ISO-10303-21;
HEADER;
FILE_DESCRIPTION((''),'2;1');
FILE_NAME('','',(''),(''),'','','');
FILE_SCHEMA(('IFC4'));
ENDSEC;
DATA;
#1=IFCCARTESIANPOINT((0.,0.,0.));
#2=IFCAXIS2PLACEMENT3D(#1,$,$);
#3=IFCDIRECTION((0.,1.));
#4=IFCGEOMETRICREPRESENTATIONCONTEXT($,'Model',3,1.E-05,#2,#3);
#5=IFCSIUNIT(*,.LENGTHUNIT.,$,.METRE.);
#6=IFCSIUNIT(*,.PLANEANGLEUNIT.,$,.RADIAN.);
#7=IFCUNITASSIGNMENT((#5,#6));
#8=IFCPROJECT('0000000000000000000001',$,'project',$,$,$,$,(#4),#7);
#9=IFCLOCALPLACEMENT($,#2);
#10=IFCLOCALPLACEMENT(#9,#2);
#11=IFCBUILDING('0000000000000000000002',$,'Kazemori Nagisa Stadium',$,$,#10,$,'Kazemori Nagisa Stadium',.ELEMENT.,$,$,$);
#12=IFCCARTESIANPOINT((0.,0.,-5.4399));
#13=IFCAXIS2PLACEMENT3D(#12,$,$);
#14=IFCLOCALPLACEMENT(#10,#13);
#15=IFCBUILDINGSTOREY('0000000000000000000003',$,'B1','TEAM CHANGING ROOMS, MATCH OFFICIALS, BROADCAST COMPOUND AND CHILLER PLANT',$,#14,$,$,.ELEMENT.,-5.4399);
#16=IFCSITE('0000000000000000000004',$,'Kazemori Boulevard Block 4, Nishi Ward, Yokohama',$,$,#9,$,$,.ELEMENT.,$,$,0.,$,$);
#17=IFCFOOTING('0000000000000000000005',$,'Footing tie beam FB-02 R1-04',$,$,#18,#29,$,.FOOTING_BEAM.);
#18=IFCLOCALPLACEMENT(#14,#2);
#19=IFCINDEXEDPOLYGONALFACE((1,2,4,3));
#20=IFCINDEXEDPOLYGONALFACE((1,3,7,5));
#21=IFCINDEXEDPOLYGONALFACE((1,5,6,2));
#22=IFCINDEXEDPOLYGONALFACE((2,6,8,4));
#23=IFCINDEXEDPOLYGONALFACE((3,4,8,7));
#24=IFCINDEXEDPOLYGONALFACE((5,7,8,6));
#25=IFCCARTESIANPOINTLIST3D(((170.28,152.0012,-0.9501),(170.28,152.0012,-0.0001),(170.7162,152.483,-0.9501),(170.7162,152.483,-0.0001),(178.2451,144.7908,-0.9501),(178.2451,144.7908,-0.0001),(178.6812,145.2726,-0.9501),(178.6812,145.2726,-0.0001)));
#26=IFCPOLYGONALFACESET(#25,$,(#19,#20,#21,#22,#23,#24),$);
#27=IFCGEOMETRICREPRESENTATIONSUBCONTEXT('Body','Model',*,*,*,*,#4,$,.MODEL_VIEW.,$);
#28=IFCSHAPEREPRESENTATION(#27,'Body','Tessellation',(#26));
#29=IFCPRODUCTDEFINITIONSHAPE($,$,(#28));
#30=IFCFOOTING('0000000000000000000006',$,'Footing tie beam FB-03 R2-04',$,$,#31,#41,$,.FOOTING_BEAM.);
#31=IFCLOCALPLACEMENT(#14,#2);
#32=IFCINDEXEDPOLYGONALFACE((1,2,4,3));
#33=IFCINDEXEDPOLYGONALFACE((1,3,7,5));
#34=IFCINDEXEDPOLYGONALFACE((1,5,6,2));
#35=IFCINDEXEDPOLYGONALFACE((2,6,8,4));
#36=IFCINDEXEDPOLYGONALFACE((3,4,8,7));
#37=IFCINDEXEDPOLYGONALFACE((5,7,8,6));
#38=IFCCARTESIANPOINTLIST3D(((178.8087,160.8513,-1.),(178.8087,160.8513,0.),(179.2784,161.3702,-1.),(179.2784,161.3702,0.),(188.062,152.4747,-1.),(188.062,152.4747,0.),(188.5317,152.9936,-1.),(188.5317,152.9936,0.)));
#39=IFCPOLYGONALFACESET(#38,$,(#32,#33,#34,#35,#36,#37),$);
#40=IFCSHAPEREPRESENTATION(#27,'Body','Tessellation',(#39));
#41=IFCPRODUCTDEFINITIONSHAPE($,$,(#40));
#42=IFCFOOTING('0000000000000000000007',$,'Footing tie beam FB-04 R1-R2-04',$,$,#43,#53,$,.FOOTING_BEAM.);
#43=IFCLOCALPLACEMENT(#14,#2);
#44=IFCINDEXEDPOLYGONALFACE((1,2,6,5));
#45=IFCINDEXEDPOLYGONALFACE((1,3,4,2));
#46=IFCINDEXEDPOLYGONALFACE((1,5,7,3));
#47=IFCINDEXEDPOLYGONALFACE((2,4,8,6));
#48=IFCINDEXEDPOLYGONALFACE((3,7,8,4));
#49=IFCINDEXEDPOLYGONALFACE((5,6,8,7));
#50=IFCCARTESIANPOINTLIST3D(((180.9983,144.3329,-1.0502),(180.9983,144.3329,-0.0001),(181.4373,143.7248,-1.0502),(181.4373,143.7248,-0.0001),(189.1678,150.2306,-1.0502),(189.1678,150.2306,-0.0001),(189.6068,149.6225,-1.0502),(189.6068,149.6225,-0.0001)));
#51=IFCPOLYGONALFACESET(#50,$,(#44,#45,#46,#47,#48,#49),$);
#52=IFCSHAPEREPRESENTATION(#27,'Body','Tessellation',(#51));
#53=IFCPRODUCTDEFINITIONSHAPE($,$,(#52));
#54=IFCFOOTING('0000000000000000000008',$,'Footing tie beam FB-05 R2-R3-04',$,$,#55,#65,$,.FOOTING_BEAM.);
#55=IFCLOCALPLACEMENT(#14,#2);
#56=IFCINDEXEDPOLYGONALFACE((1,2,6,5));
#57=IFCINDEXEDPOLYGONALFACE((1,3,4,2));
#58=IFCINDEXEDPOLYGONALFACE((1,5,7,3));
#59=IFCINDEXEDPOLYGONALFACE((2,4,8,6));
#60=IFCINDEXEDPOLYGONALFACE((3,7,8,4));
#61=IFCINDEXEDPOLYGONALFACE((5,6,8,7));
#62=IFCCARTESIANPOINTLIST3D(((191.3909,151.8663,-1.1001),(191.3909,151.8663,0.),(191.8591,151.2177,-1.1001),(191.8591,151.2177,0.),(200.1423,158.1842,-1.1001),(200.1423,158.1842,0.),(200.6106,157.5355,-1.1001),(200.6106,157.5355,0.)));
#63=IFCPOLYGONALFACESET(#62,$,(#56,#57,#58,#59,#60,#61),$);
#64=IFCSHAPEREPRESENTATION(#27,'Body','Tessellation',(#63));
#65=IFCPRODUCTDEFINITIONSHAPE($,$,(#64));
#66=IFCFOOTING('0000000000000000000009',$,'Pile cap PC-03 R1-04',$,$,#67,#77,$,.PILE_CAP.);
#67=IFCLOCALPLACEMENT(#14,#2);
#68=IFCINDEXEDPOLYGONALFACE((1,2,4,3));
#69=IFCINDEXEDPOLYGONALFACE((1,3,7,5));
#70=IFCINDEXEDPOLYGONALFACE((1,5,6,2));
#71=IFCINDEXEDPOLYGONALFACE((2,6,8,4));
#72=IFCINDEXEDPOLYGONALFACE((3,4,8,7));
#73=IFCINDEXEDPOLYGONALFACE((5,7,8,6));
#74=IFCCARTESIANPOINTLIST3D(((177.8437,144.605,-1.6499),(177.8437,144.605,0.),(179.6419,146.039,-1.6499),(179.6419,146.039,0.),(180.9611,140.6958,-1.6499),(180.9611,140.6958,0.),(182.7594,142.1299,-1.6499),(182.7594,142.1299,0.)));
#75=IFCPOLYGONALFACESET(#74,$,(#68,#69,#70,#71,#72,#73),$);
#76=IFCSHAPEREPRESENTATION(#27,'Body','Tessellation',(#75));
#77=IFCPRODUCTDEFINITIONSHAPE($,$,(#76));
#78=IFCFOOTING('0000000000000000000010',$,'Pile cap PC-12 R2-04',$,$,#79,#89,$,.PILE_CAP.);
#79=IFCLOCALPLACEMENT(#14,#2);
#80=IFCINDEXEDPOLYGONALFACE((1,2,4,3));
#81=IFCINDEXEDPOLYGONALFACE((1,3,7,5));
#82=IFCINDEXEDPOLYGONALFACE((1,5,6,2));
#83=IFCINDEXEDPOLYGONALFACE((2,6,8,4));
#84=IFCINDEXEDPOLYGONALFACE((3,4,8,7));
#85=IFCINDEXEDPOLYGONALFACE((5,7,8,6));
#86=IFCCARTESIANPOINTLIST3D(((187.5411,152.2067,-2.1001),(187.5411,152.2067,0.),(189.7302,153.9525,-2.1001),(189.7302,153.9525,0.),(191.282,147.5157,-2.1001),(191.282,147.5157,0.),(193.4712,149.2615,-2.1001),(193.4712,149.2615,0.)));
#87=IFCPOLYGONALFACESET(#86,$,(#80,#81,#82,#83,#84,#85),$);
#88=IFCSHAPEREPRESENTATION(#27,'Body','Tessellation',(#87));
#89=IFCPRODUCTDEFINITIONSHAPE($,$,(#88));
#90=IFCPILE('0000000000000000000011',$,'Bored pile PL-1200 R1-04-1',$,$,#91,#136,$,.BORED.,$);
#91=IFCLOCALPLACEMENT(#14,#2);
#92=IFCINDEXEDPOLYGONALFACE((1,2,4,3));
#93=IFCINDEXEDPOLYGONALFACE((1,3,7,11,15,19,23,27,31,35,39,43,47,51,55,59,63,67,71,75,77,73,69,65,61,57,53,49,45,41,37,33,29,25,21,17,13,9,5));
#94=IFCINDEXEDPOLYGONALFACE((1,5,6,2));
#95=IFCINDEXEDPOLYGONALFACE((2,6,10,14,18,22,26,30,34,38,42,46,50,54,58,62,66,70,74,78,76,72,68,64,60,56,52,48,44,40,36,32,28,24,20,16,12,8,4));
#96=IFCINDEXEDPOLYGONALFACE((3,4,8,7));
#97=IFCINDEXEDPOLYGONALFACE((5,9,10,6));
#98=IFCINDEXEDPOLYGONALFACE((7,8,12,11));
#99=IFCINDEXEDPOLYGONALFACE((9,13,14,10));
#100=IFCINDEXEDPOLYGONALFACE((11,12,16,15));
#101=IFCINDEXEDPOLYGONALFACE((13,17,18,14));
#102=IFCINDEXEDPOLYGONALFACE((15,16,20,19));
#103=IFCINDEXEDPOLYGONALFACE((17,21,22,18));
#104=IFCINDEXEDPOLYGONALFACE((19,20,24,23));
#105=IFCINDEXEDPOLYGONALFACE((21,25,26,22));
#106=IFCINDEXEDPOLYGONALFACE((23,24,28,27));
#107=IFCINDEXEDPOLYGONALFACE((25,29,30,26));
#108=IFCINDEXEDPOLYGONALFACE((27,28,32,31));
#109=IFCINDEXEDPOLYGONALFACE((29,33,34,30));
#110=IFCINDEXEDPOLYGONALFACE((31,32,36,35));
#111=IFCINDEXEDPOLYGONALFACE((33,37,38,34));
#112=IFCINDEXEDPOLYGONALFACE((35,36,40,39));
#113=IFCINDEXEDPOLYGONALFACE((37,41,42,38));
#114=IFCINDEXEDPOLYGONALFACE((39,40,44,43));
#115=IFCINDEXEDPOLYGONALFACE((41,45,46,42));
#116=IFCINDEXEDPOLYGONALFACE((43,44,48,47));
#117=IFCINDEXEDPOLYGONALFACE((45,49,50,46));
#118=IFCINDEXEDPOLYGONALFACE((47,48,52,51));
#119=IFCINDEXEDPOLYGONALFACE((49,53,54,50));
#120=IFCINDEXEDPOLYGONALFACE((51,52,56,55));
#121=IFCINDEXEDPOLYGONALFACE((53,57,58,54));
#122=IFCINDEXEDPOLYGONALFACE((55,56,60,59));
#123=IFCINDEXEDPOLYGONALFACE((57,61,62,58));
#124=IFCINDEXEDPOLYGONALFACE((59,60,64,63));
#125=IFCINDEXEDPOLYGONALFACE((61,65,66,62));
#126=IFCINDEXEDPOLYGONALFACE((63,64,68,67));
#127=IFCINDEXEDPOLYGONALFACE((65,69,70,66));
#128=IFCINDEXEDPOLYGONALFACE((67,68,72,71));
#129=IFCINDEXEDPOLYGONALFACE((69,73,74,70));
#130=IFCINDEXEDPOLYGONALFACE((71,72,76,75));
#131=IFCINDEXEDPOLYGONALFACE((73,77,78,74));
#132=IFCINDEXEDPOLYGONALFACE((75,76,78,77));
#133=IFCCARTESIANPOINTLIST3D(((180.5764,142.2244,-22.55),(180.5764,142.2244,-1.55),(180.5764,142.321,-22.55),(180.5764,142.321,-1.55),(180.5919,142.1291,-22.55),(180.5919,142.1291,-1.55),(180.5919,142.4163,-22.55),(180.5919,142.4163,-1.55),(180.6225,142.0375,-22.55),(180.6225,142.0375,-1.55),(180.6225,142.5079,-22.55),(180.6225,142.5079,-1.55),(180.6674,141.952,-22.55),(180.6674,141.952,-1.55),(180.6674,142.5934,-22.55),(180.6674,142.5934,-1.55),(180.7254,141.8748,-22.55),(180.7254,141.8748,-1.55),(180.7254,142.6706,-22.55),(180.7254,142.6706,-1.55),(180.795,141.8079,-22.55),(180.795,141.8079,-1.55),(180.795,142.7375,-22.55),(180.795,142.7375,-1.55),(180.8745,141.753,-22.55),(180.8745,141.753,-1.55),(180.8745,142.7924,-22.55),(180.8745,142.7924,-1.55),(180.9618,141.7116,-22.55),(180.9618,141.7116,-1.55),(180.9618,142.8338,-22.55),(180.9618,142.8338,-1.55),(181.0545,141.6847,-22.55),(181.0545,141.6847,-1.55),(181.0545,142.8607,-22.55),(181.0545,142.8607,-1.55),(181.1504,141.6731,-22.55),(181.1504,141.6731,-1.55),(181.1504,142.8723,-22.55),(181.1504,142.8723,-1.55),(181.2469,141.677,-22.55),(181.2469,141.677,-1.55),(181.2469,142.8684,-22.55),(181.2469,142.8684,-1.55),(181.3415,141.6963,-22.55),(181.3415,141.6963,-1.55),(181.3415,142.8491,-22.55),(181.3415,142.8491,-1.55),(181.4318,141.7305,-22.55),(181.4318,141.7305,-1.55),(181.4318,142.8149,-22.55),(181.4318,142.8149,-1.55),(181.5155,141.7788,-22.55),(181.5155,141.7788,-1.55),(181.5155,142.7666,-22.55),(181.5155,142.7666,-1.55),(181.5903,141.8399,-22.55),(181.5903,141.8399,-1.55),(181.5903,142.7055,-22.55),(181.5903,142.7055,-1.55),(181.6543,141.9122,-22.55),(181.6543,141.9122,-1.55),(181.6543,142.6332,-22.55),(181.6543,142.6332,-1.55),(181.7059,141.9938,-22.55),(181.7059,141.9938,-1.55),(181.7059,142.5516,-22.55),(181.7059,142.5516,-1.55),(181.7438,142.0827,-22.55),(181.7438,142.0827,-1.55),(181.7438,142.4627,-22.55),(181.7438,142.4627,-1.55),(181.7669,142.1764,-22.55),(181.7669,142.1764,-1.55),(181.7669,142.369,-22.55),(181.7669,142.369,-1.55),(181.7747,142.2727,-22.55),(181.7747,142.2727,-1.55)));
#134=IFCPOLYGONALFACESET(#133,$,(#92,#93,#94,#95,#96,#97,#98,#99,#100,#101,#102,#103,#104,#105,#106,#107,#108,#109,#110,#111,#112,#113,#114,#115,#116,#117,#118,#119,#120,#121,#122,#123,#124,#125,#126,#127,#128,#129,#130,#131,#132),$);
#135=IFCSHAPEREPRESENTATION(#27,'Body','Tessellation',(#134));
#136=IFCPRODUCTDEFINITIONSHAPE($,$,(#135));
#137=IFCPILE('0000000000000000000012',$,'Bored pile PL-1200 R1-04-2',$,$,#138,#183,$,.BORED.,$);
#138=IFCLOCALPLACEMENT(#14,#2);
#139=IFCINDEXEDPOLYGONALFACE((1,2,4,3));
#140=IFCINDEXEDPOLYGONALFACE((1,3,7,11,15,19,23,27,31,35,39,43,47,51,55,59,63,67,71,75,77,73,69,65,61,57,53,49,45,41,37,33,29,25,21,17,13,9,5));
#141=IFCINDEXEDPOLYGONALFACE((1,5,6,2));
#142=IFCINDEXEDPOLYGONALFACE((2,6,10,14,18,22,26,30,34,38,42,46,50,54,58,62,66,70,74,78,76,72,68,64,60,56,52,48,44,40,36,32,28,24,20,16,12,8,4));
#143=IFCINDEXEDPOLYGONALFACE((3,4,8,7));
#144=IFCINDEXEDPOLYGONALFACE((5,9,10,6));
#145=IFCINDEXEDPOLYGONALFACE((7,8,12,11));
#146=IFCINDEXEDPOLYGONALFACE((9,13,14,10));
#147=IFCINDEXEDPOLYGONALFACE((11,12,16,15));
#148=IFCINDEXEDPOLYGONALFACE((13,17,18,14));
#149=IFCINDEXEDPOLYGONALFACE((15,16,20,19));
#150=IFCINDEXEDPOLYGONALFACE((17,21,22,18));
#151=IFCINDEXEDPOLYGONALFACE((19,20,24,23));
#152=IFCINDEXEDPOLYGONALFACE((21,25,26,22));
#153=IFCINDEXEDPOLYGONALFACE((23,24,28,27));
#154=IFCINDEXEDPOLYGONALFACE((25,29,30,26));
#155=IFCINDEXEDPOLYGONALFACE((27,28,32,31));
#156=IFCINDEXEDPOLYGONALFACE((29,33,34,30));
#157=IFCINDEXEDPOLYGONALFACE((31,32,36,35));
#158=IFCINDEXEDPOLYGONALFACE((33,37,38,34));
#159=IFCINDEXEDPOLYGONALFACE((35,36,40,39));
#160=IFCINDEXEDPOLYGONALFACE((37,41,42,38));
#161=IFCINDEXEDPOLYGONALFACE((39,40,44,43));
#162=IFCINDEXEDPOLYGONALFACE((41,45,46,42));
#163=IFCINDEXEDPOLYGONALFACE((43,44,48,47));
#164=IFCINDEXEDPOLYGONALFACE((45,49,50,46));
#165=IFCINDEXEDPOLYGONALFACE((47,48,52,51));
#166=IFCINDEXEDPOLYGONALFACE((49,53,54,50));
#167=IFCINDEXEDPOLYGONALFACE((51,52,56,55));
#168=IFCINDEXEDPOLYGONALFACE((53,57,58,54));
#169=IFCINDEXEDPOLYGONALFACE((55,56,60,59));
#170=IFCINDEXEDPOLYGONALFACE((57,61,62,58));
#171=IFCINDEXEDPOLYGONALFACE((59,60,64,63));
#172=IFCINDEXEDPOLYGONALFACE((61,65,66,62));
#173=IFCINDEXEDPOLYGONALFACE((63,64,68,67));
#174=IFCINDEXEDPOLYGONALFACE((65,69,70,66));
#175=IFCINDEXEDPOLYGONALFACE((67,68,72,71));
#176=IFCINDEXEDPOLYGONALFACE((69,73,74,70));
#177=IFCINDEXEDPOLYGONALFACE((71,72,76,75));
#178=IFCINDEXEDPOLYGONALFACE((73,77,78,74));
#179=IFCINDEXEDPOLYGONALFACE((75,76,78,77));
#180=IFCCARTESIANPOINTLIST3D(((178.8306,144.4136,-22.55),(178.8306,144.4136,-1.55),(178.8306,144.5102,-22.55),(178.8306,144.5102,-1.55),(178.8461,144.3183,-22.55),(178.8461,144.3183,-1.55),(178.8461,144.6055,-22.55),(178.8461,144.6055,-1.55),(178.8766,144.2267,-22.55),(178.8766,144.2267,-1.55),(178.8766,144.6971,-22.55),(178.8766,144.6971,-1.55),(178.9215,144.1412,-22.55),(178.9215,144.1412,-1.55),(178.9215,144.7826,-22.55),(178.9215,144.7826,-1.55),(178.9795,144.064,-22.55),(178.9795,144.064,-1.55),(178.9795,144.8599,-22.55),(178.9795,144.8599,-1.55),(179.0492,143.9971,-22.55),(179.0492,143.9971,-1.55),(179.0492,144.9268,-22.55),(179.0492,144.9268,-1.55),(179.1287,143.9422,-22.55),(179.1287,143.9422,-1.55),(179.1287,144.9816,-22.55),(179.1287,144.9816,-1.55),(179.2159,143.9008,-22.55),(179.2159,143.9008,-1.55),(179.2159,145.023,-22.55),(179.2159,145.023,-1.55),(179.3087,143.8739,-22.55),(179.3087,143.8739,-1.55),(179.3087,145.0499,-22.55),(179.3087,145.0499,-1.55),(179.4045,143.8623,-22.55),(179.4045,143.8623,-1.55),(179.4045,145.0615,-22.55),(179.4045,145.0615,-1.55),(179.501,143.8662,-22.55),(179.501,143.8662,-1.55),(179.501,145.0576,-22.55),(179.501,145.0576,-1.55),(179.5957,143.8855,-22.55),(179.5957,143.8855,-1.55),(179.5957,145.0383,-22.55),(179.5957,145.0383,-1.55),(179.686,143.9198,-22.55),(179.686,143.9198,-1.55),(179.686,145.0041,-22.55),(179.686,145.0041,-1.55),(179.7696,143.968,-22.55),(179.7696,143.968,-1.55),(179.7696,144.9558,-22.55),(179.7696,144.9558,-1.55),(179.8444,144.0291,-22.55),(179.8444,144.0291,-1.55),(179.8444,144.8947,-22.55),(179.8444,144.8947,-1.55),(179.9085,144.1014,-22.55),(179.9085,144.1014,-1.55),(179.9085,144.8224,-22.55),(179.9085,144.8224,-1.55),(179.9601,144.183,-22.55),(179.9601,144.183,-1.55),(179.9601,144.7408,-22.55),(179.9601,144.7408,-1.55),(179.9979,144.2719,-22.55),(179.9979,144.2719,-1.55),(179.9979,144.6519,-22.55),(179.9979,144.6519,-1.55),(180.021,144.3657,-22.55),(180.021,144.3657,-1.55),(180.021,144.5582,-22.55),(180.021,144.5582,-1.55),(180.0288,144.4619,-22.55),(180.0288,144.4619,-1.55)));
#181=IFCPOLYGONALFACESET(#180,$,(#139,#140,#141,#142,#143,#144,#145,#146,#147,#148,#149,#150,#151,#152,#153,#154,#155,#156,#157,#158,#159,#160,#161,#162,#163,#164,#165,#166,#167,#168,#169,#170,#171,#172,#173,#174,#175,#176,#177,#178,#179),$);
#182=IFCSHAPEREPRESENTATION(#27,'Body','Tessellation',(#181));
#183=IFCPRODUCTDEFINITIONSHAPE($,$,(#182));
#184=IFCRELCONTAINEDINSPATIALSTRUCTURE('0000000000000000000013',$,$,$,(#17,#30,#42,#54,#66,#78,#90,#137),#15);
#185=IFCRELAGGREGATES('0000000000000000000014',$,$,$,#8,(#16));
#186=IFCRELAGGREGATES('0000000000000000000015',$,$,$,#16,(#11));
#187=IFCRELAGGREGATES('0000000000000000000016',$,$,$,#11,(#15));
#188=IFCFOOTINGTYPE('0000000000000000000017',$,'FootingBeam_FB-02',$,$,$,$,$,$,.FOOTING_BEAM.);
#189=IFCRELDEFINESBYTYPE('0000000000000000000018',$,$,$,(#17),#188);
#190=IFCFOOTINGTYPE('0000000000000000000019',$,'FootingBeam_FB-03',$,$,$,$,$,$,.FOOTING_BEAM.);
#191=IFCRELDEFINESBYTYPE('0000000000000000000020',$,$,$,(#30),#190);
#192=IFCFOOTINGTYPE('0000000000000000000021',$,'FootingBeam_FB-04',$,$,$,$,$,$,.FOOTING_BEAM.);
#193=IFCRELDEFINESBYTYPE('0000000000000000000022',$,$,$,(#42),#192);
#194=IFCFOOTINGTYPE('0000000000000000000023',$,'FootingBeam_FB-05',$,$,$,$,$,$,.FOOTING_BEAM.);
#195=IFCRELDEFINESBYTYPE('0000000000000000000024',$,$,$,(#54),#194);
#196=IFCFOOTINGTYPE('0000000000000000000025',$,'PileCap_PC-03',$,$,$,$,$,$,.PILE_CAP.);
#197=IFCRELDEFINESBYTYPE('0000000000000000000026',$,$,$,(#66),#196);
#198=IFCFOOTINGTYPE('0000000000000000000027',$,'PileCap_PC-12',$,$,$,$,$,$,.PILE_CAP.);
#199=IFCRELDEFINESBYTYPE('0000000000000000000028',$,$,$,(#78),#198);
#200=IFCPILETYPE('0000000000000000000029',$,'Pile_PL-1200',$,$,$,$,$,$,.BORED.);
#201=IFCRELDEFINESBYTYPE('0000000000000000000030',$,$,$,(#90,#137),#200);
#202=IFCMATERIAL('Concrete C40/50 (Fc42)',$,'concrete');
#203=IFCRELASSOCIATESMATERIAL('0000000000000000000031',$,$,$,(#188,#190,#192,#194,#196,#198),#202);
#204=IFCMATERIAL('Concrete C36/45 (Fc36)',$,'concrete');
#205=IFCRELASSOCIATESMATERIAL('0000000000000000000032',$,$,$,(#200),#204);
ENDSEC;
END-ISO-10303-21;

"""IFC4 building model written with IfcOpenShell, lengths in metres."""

from ifc_helpers import new_model, si_unit, direction, frame, origin, origin_2d, place, context, subcontext, project, spatial, rectangle, circle, extrude, material, material_profile, profile_set, type_object, element, save


model = new_model("IFC4")

# Units and contexts
model_context = context("Model", 3, precision=1e-05, world=origin(), true_north=direction((0.0, 1.0)))
body_context = subcontext(model_context, "Body", "Model", "MODEL_VIEW")
ifc_project = project(units=[si_unit("LENGTHUNIT", "METRE"), si_unit("PLANEANGLEUNIT", "RADIAN")], contexts=[model_context])

# Site, building, storey
site_placement = place(None, origin())
site = spatial("IfcSite", under=ifc_project, at=site_placement, Name="Kazemori Boulevard Block 4, Nishi Ward, Yokohama", CompositionType="ELEMENT", RefElevation=0.0)
building_placement = place(site_placement, origin())
building = spatial("IfcBuilding", under=site, at=building_placement, Name="Kazemori Nagisa Stadium", LongName="Kazemori Nagisa Stadium", CompositionType="ELEMENT")
storey_placement = place(building_placement, frame((0.0, 0.0, -5.4399)))
storey = spatial("IfcBuildingStorey", under=building, at=storey_placement, Name="B1", Description="TEAM CHANGING ROOMS, MATCH OFFICIALS, BROADCAST COMPOUND AND CHILLER PLANT", CompositionType="ELEMENT", Elevation=-5.4399)

# Footings
ifc_material_1 = material(Name="Concrete C40/50 (Fc42)", Category="concrete")
ifc_material_profile_1 = material_profile(ifc_material_1, rectangle(XDim=0.6499, YDim=0.95, at=origin_2d()), Name="RC-FB-650x950")
ifc_profile_set_1 = profile_set([ifc_material_profile_1], Name="Concrete C40/50 (Fc42)")
footing_type_1 = type_object("IfcFootingType", Name="FootingBeam_FB-02", PredefinedType="FOOTING_BEAM", material=ifc_profile_set_1)
footing_1_placement = place(storey_placement, frame((178.4631, 145.0317, -0.4751), z_axis=(-0.741353, 0.671115, 0.0), x_axis=(-0.671115, -0.741353, 0.0)))
element("IfcFooting", 1, at=footing_1_placement, inside=storey, type_object=footing_type_1, Name="Footing tie beam FB-02 R1-04", PredefinedType="FOOTING_BEAM", context=body_context, shape_type="SweptSolid", body=[
    extrude(rectangle(XDim=0.6499, YDim=0.95, at=origin_2d()), origin(), (0.0, 0.0, 1.0), 10.7439),
])
ifc_material_profile_2 = material_profile(ifc_material_1, rectangle(XDim=0.7, YDim=1.0, at=origin_2d()), Name="RC-FB-700x1000")
ifc_profile_set_2 = profile_set([ifc_material_profile_2], Name="Concrete C40/50 (Fc42)")
footing_type_2 = type_object("IfcFootingType", Name="FootingBeam_FB-03", PredefinedType="FOOTING_BEAM", material=ifc_profile_set_2)
footing_2_placement = place(storey_placement, frame((188.2969, 152.7341, -0.5), z_axis=(-0.741354, 0.671115, 0.0), x_axis=(-0.671115, -0.741354, 0.0)))
element("IfcFooting", 2, at=footing_2_placement, inside=storey, type_object=footing_type_2, Name="Footing tie beam FB-03 R2-04", PredefinedType="FOOTING_BEAM", context=body_context, shape_type="SweptSolid", body=[
    extrude(rectangle(XDim=0.7, YDim=1.0, at=origin_2d()), origin(), (0.0, 0.0, 1.0), 12.4817),
])
ifc_material_profile_3 = material_profile(ifc_material_1, rectangle(XDim=0.75, YDim=1.05, at=origin_2d()), Name="RC-FB-750x1050")
ifc_profile_set_3 = profile_set([ifc_material_profile_3], Name="Concrete C40/50 (Fc42)")
footing_type_3 = type_object("IfcFootingType", Name="FootingBeam_FB-04", PredefinedType="FOOTING_BEAM", material=ifc_profile_set_3)
footing_3_placement = place(storey_placement, frame((181.2178, 144.0288, -0.5251), z_axis=(0.810794, 0.585331, 0.0), x_axis=(-0.585331, 0.810794, 0.0)))
element("IfcFooting", 3, at=footing_3_placement, inside=storey, type_object=footing_type_3, Name="Footing tie beam FB-04 R1-R2-04", PredefinedType="FOOTING_BEAM", context=body_context, shape_type="SweptSolid", body=[
    extrude(rectangle(XDim=0.75, YDim=1.05, at=origin_2d()), origin(), (0.0, 0.0, 1.0), 10.0759),
])
ifc_material_profile_4 = material_profile(ifc_material_1, rectangle(XDim=0.8, YDim=1.1001, at=origin_2d()), Name="RC-FB-800x1100")
ifc_profile_set_4 = profile_set([ifc_material_profile_4], Name="Concrete C40/50 (Fc42)")
footing_type_4 = type_object("IfcFootingType", Name="FootingBeam_FB-05", PredefinedType="FOOTING_BEAM", material=ifc_profile_set_4)
footing_4_placement = place(storey_placement, frame((191.625, 151.542, -0.55), z_axis=(0.810795, 0.58533, 0.0), x_axis=(-0.58533, 0.810795, 0.0)))
element("IfcFooting", 4, at=footing_4_placement, inside=storey, type_object=footing_type_4, Name="Footing tie beam FB-05 R2-R3-04", PredefinedType="FOOTING_BEAM", context=body_context, shape_type="SweptSolid", body=[
    extrude(rectangle(XDim=0.8, YDim=1.1001, at=origin_2d()), origin(), (0.0, 0.0, 1.0), 10.7937),
])
footing_type_5 = type_object("IfcFootingType", Name="PileCap_PC-03", PredefinedType="PILE_CAP", material=ifc_material_1)
footing_5_placement = place(storey_placement, frame((180.3015, 143.3674, -1.6499), z_axis=(0.0, 0.0, 1.0), x_axis=(-0.62349, 0.781831, 0.0)))
element("IfcFooting", 5, at=footing_5_placement, inside=storey, type_object=footing_type_5, Name="Pile cap PC-03 R1-04", PredefinedType="PILE_CAP", context=body_context, shape_type="SweptSolid", body=[
    extrude(rectangle(XDim=5.0, YDim=2.3, at=origin_2d()), origin(), (0.0, 0.0, 1.0), 1.6499),
])
footing_type_6 = type_object("IfcFootingType", Name="PileCap_PC-12", PredefinedType="PILE_CAP", material=ifc_material_1)
footing_6_placement = place(storey_placement, frame((190.5061, 150.7341, -2.1001), z_axis=(0.0, 0.0, 1.0), x_axis=(-0.62349, 0.781831, 0.0)))
element("IfcFooting", 6, at=footing_6_placement, inside=storey, type_object=footing_type_6, Name="Pile cap PC-12 R2-04", PredefinedType="PILE_CAP", context=body_context, shape_type="SweptSolid", body=[
    extrude(rectangle(XDim=6.0, YDim=2.8, at=origin_2d()), origin(), (0.0, 0.0, 1.0), 2.1001),
])

# Piles
ifc_material_2 = material(Name="Concrete C36/45 (Fc36)", Category="concrete")
ifc_material_profile_5 = material_profile(ifc_material_2, circle(Radius=0.6001, at=origin_2d()), Name="PILE-D1200")
ifc_profile_set_5 = profile_set([ifc_material_profile_5], Name="Concrete C36/45 (Fc36)")
pile_type = type_object("IfcPileType", Name="Pile_PL-1200", PredefinedType="BORED", material=ifc_profile_set_5)
for number, where, z_axis, x_axis, name in (
    (7, (181.1746, 142.2727, -1.55), (0.0, 0.0, -1.0), (1.0, 0.0, 0.0), "Bored pile PL-1200 R1-04-1"),
    (8, (179.4287, 144.4619, -1.55), (0.0, 0.0, -1.0), (1.0, 0.0, 0.0), "Bored pile PL-1200 R1-04-2"),
):
    element("IfcPile", number, at=place(storey_placement, frame(where, z_axis=z_axis, x_axis=x_axis)), inside=storey, type_object=pile_type, Name=name, PredefinedType="BORED", context=body_context, shape_type="SweptSolid", body=[
        extrude(circle(Radius=0.6001, at=origin_2d()), origin(), (0.0, 0.0, 1.0), 21.0),
    ])

save(model, "model.ifc")
